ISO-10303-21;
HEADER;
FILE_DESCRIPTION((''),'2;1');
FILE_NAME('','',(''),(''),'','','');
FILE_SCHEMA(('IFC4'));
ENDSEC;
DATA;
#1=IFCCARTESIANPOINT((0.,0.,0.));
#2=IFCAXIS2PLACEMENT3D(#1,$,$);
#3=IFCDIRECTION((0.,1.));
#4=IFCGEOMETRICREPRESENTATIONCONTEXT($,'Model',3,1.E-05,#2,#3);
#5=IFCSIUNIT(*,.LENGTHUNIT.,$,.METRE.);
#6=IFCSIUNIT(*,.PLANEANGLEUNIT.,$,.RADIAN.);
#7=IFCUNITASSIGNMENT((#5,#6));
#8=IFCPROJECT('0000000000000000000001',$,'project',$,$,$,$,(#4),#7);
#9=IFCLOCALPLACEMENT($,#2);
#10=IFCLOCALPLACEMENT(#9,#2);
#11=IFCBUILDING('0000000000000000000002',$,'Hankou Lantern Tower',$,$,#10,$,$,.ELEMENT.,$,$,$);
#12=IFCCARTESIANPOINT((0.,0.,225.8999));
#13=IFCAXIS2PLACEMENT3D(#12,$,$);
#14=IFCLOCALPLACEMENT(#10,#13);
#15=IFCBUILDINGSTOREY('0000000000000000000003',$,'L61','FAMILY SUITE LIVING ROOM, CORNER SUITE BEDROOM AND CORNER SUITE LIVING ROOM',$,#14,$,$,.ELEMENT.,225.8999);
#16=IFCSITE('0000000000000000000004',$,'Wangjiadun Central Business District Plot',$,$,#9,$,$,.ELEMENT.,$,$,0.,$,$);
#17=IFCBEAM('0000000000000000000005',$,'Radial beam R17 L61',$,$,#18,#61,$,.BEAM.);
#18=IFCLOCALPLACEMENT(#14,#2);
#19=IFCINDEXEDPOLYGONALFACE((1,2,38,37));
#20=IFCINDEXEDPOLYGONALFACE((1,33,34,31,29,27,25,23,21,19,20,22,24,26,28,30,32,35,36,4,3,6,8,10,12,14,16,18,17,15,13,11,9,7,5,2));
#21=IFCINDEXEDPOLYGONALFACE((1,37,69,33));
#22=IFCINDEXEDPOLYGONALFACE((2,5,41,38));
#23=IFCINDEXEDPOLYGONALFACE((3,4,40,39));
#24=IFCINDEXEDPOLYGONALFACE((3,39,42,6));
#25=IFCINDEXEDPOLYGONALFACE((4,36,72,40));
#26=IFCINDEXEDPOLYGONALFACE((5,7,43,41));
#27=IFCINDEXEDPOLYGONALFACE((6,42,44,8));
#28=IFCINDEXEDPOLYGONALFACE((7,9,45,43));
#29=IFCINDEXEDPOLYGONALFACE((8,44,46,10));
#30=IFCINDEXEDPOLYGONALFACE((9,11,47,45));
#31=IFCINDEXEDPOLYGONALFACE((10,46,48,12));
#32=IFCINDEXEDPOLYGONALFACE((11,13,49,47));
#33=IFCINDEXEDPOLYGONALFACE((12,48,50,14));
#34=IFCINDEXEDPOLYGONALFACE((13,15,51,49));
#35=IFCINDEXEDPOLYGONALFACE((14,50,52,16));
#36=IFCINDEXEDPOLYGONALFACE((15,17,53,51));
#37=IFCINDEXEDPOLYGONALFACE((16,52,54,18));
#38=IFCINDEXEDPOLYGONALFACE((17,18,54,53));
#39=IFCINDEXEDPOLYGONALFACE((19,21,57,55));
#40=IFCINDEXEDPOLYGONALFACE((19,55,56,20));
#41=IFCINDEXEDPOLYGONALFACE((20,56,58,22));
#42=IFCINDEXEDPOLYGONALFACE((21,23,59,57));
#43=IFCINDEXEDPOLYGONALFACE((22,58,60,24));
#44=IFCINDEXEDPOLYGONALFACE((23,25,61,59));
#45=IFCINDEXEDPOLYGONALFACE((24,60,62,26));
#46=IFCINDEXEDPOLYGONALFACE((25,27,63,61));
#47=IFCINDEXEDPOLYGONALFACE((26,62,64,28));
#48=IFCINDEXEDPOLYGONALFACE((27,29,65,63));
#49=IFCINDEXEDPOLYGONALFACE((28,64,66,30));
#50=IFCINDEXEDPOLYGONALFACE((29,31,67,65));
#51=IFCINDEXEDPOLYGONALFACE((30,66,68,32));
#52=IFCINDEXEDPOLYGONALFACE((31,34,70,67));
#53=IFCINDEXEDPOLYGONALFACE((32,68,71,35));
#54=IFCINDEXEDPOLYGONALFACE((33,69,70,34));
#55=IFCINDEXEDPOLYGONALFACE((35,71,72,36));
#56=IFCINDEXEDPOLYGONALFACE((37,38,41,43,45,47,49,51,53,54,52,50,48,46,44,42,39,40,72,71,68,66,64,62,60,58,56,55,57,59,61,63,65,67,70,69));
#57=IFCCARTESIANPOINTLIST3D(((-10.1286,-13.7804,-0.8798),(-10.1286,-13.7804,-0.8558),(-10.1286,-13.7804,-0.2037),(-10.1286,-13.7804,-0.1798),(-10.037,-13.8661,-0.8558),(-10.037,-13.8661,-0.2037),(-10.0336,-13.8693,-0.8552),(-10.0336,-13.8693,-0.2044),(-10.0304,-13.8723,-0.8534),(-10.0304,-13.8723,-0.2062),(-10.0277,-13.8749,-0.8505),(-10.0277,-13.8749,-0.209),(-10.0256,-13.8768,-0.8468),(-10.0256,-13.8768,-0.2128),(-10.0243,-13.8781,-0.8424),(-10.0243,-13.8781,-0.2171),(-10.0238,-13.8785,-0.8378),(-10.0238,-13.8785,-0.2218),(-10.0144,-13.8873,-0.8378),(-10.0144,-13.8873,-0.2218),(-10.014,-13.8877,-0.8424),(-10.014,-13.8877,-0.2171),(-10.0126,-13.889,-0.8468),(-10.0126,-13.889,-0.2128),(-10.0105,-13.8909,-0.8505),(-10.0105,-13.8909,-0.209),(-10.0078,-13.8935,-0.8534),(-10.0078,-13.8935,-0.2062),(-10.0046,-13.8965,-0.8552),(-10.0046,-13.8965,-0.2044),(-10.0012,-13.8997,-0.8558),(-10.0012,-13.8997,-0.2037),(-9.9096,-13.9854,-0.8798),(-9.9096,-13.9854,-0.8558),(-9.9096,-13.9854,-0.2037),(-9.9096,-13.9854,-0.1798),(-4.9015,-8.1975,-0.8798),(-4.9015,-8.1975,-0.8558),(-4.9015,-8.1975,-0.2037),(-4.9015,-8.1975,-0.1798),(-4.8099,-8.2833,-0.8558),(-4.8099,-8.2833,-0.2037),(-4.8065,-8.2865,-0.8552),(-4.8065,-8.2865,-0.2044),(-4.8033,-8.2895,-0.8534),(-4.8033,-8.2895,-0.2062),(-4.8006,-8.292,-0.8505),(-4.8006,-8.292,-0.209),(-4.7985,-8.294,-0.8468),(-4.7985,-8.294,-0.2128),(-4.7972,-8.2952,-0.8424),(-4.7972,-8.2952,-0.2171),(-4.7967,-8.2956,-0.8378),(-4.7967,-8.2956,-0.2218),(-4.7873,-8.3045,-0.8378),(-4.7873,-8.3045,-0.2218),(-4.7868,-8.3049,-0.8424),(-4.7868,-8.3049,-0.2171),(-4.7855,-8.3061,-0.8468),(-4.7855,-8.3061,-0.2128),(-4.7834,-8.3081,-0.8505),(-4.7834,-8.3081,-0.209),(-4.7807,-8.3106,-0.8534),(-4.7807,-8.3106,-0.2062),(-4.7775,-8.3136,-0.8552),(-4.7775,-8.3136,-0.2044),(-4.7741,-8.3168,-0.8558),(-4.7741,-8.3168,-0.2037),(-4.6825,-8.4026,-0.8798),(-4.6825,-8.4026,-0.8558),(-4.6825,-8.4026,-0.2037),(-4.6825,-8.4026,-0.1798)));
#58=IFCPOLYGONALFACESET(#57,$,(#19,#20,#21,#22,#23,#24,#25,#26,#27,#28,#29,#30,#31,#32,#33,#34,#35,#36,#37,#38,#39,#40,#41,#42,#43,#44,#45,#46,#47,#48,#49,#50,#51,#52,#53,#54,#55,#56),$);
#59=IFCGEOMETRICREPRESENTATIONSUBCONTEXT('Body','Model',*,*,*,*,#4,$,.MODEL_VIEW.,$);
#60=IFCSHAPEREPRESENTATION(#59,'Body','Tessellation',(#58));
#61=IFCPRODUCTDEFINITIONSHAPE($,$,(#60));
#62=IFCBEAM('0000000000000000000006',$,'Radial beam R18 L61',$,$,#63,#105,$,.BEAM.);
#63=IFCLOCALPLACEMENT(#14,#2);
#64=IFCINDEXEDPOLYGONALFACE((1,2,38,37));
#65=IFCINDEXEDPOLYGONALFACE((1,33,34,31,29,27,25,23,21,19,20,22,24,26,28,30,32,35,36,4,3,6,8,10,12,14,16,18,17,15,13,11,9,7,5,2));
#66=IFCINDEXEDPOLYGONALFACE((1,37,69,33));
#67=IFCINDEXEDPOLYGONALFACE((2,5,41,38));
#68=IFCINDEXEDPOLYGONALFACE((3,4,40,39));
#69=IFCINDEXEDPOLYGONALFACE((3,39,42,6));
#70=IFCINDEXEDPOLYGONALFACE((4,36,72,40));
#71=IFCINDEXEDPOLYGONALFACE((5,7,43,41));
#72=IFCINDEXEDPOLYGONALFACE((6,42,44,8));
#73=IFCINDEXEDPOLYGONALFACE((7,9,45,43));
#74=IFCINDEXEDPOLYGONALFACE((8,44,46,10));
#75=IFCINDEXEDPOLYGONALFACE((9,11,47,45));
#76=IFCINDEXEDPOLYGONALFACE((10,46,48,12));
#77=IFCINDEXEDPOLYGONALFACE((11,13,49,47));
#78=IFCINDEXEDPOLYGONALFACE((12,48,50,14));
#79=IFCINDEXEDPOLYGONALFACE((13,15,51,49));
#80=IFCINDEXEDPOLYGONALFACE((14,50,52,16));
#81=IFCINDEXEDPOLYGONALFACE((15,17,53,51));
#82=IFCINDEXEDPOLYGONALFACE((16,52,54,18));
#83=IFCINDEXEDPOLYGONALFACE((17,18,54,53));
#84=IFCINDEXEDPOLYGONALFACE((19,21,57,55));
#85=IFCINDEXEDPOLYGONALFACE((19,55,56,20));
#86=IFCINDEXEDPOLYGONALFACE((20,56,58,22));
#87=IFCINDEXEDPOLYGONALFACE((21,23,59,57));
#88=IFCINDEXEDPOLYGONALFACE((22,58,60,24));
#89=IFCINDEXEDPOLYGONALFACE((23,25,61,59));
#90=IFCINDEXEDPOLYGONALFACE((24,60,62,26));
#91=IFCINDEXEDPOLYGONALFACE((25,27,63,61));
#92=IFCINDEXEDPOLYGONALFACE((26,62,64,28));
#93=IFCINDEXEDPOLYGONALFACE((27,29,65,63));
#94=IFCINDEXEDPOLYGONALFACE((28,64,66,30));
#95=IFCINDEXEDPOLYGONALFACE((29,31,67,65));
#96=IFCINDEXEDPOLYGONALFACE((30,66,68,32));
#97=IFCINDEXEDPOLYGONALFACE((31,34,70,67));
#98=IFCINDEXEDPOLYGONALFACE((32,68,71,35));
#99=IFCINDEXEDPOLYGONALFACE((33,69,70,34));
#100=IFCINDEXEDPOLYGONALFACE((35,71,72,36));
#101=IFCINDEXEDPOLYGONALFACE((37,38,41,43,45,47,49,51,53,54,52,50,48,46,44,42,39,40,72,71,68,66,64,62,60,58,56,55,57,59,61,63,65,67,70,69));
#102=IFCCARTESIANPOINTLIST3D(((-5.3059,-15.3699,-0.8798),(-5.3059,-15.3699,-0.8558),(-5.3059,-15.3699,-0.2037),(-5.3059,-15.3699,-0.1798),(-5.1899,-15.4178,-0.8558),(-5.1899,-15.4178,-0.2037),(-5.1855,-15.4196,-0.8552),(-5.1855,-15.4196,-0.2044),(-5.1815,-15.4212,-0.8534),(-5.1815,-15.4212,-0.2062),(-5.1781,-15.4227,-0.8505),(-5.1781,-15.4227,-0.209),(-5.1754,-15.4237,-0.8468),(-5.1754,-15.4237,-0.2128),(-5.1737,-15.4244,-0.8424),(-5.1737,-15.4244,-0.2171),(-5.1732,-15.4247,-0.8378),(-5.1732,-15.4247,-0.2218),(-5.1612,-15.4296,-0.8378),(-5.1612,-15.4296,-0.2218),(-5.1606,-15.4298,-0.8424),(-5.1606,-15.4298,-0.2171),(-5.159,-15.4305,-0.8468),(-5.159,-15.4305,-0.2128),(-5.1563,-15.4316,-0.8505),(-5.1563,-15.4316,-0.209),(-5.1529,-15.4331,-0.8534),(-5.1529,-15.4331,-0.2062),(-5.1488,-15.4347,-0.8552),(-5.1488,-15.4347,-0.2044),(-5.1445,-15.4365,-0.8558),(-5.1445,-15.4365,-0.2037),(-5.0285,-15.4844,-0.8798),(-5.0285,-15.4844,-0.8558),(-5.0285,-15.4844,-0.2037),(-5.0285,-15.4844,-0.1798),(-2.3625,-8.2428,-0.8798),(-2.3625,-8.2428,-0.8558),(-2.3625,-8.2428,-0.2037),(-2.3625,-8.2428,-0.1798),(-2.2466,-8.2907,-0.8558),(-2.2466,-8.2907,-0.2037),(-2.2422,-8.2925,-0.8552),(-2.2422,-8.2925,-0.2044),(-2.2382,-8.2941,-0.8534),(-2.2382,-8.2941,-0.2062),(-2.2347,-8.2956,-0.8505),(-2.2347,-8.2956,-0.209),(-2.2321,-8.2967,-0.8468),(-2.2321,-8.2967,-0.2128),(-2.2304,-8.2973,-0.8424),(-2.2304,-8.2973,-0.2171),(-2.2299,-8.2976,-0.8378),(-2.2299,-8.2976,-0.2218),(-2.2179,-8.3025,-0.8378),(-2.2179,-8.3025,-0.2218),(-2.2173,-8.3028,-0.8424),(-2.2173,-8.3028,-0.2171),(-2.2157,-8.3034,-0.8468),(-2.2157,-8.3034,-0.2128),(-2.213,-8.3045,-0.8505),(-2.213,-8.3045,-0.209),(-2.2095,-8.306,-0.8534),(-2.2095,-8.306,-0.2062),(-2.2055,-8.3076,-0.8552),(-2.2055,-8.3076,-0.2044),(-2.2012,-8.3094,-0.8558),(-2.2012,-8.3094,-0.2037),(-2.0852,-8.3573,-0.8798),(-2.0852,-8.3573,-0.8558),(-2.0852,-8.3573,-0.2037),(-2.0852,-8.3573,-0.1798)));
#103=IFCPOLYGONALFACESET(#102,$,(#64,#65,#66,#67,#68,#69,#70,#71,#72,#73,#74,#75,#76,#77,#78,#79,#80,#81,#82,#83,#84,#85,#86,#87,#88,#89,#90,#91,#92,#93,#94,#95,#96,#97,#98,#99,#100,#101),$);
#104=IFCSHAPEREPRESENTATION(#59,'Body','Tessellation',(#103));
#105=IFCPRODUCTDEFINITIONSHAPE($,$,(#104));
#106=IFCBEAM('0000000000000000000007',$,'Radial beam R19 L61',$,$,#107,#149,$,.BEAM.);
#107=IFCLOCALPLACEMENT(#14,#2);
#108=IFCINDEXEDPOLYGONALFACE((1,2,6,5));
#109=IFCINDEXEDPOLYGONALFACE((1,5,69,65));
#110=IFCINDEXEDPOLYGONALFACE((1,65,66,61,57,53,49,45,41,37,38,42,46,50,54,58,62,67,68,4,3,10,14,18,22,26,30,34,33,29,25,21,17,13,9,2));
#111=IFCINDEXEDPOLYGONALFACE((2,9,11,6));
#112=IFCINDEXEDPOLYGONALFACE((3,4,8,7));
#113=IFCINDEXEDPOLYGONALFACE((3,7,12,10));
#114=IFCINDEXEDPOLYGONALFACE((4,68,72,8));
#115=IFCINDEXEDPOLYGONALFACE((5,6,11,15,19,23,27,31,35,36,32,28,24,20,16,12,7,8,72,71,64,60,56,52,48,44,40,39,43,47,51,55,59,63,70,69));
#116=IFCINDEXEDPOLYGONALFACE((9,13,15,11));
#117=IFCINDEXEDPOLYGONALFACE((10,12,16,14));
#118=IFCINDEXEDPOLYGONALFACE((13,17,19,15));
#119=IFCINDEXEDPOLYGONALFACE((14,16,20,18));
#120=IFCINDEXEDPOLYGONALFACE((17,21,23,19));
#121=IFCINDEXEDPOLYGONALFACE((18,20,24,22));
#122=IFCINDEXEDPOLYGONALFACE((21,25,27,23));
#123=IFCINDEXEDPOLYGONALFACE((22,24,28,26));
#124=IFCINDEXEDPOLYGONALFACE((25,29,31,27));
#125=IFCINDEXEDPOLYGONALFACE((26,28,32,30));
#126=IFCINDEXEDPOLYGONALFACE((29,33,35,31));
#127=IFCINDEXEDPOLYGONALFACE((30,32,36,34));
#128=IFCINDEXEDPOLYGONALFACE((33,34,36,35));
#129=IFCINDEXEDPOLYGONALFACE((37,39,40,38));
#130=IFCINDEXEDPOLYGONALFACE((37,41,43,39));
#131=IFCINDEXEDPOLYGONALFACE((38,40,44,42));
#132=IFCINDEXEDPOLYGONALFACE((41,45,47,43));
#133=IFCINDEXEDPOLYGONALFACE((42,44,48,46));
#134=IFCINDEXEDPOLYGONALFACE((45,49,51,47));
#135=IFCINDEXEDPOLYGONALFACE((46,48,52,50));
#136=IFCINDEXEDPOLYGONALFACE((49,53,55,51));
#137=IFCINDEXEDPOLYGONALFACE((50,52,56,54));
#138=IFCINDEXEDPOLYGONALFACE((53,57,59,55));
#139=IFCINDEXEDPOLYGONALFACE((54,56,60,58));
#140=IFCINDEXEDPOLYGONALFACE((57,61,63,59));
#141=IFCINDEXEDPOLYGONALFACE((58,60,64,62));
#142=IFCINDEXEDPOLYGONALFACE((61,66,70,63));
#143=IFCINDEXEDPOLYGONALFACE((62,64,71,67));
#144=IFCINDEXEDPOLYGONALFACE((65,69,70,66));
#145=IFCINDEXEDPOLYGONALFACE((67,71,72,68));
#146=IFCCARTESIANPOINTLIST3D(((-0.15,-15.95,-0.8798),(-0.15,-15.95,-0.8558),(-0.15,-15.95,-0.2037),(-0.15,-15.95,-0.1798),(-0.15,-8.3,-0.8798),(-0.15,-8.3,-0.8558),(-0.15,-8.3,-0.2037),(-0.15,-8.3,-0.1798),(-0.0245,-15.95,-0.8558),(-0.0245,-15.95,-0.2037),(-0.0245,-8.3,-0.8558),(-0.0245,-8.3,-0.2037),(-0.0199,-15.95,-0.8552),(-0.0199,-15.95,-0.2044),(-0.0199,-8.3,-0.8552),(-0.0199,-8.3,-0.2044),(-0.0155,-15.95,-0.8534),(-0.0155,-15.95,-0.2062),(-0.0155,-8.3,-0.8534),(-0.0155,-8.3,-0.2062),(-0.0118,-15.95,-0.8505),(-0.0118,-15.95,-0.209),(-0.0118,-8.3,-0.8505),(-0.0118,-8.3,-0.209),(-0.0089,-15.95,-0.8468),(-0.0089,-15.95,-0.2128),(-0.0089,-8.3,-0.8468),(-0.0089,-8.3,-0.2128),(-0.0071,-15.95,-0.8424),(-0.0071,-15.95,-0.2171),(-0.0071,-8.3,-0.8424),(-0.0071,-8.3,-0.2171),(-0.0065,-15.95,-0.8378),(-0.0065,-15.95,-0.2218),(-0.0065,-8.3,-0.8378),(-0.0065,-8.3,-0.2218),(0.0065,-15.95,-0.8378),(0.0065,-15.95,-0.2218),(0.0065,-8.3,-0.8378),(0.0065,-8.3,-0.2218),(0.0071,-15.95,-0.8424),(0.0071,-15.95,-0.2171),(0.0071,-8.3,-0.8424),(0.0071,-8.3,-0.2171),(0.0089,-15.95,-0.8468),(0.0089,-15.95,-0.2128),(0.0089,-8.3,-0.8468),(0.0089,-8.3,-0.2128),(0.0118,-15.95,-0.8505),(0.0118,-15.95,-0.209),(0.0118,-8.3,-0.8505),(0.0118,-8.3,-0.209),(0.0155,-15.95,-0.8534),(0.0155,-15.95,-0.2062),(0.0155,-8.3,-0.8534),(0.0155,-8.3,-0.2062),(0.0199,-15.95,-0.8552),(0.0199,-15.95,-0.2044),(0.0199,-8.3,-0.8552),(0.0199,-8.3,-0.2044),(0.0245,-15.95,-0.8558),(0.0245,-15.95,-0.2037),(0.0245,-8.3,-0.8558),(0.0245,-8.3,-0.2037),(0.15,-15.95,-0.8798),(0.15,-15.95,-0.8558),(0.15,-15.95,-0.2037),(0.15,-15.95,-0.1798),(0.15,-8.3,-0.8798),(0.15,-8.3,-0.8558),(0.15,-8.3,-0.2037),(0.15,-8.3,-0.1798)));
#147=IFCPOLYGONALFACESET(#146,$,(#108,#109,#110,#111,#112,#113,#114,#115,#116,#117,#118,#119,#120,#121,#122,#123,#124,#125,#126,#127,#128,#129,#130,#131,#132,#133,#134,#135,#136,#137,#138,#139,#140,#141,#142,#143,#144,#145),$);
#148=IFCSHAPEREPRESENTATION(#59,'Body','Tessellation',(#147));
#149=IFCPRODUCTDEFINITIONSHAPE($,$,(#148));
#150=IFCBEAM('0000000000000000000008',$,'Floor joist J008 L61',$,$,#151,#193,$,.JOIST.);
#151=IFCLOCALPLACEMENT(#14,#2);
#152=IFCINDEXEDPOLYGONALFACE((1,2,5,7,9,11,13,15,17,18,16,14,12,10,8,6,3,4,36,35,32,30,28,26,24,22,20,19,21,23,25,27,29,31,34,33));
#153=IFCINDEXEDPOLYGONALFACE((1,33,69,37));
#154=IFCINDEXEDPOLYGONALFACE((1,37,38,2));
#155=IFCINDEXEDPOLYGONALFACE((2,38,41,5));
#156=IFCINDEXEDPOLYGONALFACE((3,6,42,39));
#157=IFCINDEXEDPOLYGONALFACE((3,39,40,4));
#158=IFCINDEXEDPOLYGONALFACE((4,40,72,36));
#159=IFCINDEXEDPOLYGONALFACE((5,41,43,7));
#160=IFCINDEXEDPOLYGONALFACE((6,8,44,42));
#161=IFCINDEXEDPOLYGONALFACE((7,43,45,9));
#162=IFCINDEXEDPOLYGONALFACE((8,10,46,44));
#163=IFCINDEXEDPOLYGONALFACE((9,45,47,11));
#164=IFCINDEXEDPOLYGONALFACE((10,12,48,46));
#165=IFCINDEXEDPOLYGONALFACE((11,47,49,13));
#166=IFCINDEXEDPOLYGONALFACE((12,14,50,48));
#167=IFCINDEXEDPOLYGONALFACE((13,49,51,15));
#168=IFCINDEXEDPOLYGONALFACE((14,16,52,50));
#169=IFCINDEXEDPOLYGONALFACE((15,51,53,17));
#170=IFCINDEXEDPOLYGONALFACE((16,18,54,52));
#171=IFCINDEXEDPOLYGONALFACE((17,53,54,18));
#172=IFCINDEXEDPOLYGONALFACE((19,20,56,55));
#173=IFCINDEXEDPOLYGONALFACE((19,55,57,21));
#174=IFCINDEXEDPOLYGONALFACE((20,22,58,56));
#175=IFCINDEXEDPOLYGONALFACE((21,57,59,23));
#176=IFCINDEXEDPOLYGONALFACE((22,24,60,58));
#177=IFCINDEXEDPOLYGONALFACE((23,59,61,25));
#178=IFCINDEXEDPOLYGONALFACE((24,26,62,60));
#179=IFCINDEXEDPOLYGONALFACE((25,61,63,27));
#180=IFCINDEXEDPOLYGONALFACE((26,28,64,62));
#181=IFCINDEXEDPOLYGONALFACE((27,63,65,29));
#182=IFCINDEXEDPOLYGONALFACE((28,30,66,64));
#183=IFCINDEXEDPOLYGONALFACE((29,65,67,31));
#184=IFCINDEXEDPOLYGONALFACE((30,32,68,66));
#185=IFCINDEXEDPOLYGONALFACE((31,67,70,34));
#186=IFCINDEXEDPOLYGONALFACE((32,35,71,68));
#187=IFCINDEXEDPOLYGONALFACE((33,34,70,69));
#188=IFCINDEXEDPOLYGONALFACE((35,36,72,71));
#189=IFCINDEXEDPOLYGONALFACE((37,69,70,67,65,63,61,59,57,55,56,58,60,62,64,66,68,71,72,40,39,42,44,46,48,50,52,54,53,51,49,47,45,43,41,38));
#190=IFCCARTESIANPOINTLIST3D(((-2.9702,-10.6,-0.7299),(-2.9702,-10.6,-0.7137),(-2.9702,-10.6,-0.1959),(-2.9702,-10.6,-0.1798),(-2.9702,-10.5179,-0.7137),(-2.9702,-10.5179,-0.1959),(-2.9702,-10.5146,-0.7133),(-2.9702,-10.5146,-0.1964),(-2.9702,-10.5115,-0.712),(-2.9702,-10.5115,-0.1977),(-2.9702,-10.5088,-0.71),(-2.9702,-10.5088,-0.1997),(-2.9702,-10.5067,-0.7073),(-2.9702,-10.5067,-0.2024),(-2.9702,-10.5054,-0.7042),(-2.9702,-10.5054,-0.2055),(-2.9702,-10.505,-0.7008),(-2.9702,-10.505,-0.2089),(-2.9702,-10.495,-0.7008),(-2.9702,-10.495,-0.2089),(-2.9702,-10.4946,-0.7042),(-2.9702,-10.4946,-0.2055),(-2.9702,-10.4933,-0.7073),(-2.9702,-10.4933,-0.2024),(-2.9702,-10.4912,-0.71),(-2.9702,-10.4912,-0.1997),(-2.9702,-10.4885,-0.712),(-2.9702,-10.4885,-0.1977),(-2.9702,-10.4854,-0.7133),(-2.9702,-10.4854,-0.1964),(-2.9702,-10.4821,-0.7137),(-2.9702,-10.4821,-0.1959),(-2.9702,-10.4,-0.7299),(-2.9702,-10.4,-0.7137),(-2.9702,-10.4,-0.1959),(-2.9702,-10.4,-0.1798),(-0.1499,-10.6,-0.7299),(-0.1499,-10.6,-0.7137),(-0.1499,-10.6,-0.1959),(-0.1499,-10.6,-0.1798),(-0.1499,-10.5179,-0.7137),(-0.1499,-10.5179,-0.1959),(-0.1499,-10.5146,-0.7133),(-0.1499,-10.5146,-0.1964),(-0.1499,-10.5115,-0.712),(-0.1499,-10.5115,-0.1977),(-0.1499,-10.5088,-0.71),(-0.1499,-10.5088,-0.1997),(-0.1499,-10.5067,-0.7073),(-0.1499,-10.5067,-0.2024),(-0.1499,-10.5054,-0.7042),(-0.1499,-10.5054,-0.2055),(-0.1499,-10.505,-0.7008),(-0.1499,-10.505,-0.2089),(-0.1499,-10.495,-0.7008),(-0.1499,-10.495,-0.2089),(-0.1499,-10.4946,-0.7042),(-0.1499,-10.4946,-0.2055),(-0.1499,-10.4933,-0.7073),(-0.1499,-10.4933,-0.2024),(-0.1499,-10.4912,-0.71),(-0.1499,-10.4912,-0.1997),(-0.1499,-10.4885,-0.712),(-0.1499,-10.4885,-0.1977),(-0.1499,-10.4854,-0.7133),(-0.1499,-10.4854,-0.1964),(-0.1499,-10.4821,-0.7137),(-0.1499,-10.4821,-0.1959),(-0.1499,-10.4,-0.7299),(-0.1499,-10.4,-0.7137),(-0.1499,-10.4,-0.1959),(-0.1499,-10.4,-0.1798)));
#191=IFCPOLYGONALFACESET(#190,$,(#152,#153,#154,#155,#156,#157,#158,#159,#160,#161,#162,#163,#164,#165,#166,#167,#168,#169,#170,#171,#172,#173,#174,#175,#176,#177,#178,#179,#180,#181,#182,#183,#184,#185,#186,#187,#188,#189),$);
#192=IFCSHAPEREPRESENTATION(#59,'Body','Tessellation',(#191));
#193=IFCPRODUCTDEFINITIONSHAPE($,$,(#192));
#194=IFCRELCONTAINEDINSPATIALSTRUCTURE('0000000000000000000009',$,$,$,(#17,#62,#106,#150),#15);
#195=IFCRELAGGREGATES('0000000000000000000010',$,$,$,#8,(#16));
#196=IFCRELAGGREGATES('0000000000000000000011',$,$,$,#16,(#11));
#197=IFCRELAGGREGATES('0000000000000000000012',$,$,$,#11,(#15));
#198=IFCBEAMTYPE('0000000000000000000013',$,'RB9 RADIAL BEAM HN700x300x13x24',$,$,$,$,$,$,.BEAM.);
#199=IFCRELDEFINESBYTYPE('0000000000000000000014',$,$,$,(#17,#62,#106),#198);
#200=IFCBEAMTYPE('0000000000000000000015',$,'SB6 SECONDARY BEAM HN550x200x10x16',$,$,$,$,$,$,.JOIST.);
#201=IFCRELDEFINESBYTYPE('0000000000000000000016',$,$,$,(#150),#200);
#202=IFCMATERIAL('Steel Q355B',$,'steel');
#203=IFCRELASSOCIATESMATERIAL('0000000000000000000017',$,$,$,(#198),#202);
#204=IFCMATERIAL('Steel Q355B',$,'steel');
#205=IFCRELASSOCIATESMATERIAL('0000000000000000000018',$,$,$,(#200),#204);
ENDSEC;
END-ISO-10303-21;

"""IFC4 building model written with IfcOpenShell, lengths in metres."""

from ifc_helpers import new_model, si_unit, direction, frame, origin, origin_2d, place, context, subcontext, project, spatial, i_section, extrude, material, material_profile, profile_set, type_object, element, save


model = new_model("IFC4")

# Units and contexts
model_context = context("Model", 3, precision=1e-05, world=origin(), true_north=direction((0.0, 1.0)))
body_context = subcontext(model_context, "Body", "Model", "MODEL_VIEW")
ifc_project = project(units=[si_unit("LENGTHUNIT", "METRE"), si_unit("PLANEANGLEUNIT", "RADIAN")], contexts=[model_context])

# Site, building, storey
site_placement = place(None, origin())
site = spatial("IfcSite", under=ifc_project, at=site_placement, Name="Wangjiadun Central Business District Plot", CompositionType="ELEMENT", RefElevation=0.0)
building_placement = place(site_placement, origin())
building = spatial("IfcBuilding", under=site, at=building_placement, Name="Hankou Lantern Tower", CompositionType="ELEMENT")
storey_placement = place(building_placement, frame((0.0, 0.0, 225.8999)))
storey = spatial("IfcBuildingStorey", under=building, at=storey_placement, Name="L61", Description="FAMILY SUITE LIVING ROOM, CORNER SUITE BEDROOM AND CORNER SUITE LIVING ROOM", CompositionType="ELEMENT", Elevation=225.8999)

# Beams
ifc_material_1 = material(Name="Steel Q355B", Category="steel")
ifc_material_profile_1 = material_profile(ifc_material_1, i_section(OverallWidth=0.3, OverallDepth=0.7, WebThickness=0.0129, FlangeThickness=0.0239, FilletRadius=0.0181, at=origin_2d()), Name="HN700x300x13x24")
ifc_profile_set_1 = profile_set([ifc_material_profile_1], Name="Steel Q355B")
beam_type_1 = type_object("IfcBeamType", Name="RB9 RADIAL BEAM HN700x300x13x24", PredefinedType="BEAM", material=ifc_profile_set_1)
beam_1_placement = place(storey_placement, frame((-4.792, -8.3, -0.5298), z_axis=(-0.683468, -0.72998, 0.0), x_axis=(0.72998, -0.683468, 0.0)))
element("IfcBeam", 1, at=beam_1_placement, inside=storey, type_object=beam_type_1, Name="Radial beam R17 L61", PredefinedType="BEAM", context=body_context, shape_type="SweptSolid", body=[
    extrude(i_section(OverallWidth=0.3, OverallDepth=0.7, WebThickness=0.0129, FlangeThickness=0.0239, FilletRadius=0.0181, at=origin_2d()), origin(), (0.0, 0.0, 1.0), 7.6479),
])
beam_2_placement = place(storey_placement, frame((-2.2239, -8.3, -0.5298), z_axis=(-0.381707, -0.924284, 0.0), x_axis=(0.924284, -0.381707, 0.0)))
element("IfcBeam", 2, at=beam_2_placement, inside=storey, type_object=beam_type_1, Name="Radial beam R18 L61", PredefinedType="BEAM", context=body_context, shape_type="SweptSolid", body=[
    extrude(i_section(OverallWidth=0.3, OverallDepth=0.7, WebThickness=0.0129, FlangeThickness=0.0239, FilletRadius=0.0181, at=origin_2d()), origin(), (0.0, 0.0, 1.0), 7.7109),
])
beam_3_placement = place(storey_placement, frame((0.0, -8.3, -0.5298), z_axis=(0.0, -1.0, 0.0), x_axis=(1.0, 0.0, 0.0)))
element("IfcBeam", 3, at=beam_3_placement, inside=storey, type_object=beam_type_1, Name="Radial beam R19 L61", PredefinedType="BEAM", context=body_context, shape_type="SweptSolid", body=[
    extrude(i_section(OverallWidth=0.3, OverallDepth=0.7, WebThickness=0.0129, FlangeThickness=0.0239, FilletRadius=0.0181, at=origin_2d()), origin(), (0.0, 0.0, 1.0), 7.6499),
])
ifc_material_2 = material(Name="Steel Q355B", Category="steel")
ifc_material_profile_2 = material_profile(ifc_material_2, i_section(OverallWidth=0.2, OverallDepth=0.55, WebThickness=0.01, FlangeThickness=0.0161, FilletRadius=0.0129, at=origin_2d()), Name="HN550x200x10x16")
ifc_profile_set_2 = profile_set([ifc_material_profile_2], Name="Steel Q355B")
beam_type_2 = type_object("IfcBeamType", Name="SB6 SECONDARY BEAM HN550x200x10x16", PredefinedType="JOIST", material=ifc_profile_set_2)
beam_4_placement = place(storey_placement, frame((-2.9702, -10.5, -0.4548), z_axis=(1.0, 0.0, 0.0), x_axis=(0.0, 1.0, 0.0)))
element("IfcBeam", 4, at=beam_4_placement, inside=storey, type_object=beam_type_2, Name="Floor joist J008 L61", PredefinedType="JOIST", context=body_context, shape_type="SweptSolid", body=[
    extrude(i_section(OverallWidth=0.2, OverallDepth=0.55, WebThickness=0.01, FlangeThickness=0.0161, FilletRadius=0.0129, at=origin_2d()), origin(), (0.0, 0.0, 1.0), 2.8203),
])

save(model, "model.ifc")
